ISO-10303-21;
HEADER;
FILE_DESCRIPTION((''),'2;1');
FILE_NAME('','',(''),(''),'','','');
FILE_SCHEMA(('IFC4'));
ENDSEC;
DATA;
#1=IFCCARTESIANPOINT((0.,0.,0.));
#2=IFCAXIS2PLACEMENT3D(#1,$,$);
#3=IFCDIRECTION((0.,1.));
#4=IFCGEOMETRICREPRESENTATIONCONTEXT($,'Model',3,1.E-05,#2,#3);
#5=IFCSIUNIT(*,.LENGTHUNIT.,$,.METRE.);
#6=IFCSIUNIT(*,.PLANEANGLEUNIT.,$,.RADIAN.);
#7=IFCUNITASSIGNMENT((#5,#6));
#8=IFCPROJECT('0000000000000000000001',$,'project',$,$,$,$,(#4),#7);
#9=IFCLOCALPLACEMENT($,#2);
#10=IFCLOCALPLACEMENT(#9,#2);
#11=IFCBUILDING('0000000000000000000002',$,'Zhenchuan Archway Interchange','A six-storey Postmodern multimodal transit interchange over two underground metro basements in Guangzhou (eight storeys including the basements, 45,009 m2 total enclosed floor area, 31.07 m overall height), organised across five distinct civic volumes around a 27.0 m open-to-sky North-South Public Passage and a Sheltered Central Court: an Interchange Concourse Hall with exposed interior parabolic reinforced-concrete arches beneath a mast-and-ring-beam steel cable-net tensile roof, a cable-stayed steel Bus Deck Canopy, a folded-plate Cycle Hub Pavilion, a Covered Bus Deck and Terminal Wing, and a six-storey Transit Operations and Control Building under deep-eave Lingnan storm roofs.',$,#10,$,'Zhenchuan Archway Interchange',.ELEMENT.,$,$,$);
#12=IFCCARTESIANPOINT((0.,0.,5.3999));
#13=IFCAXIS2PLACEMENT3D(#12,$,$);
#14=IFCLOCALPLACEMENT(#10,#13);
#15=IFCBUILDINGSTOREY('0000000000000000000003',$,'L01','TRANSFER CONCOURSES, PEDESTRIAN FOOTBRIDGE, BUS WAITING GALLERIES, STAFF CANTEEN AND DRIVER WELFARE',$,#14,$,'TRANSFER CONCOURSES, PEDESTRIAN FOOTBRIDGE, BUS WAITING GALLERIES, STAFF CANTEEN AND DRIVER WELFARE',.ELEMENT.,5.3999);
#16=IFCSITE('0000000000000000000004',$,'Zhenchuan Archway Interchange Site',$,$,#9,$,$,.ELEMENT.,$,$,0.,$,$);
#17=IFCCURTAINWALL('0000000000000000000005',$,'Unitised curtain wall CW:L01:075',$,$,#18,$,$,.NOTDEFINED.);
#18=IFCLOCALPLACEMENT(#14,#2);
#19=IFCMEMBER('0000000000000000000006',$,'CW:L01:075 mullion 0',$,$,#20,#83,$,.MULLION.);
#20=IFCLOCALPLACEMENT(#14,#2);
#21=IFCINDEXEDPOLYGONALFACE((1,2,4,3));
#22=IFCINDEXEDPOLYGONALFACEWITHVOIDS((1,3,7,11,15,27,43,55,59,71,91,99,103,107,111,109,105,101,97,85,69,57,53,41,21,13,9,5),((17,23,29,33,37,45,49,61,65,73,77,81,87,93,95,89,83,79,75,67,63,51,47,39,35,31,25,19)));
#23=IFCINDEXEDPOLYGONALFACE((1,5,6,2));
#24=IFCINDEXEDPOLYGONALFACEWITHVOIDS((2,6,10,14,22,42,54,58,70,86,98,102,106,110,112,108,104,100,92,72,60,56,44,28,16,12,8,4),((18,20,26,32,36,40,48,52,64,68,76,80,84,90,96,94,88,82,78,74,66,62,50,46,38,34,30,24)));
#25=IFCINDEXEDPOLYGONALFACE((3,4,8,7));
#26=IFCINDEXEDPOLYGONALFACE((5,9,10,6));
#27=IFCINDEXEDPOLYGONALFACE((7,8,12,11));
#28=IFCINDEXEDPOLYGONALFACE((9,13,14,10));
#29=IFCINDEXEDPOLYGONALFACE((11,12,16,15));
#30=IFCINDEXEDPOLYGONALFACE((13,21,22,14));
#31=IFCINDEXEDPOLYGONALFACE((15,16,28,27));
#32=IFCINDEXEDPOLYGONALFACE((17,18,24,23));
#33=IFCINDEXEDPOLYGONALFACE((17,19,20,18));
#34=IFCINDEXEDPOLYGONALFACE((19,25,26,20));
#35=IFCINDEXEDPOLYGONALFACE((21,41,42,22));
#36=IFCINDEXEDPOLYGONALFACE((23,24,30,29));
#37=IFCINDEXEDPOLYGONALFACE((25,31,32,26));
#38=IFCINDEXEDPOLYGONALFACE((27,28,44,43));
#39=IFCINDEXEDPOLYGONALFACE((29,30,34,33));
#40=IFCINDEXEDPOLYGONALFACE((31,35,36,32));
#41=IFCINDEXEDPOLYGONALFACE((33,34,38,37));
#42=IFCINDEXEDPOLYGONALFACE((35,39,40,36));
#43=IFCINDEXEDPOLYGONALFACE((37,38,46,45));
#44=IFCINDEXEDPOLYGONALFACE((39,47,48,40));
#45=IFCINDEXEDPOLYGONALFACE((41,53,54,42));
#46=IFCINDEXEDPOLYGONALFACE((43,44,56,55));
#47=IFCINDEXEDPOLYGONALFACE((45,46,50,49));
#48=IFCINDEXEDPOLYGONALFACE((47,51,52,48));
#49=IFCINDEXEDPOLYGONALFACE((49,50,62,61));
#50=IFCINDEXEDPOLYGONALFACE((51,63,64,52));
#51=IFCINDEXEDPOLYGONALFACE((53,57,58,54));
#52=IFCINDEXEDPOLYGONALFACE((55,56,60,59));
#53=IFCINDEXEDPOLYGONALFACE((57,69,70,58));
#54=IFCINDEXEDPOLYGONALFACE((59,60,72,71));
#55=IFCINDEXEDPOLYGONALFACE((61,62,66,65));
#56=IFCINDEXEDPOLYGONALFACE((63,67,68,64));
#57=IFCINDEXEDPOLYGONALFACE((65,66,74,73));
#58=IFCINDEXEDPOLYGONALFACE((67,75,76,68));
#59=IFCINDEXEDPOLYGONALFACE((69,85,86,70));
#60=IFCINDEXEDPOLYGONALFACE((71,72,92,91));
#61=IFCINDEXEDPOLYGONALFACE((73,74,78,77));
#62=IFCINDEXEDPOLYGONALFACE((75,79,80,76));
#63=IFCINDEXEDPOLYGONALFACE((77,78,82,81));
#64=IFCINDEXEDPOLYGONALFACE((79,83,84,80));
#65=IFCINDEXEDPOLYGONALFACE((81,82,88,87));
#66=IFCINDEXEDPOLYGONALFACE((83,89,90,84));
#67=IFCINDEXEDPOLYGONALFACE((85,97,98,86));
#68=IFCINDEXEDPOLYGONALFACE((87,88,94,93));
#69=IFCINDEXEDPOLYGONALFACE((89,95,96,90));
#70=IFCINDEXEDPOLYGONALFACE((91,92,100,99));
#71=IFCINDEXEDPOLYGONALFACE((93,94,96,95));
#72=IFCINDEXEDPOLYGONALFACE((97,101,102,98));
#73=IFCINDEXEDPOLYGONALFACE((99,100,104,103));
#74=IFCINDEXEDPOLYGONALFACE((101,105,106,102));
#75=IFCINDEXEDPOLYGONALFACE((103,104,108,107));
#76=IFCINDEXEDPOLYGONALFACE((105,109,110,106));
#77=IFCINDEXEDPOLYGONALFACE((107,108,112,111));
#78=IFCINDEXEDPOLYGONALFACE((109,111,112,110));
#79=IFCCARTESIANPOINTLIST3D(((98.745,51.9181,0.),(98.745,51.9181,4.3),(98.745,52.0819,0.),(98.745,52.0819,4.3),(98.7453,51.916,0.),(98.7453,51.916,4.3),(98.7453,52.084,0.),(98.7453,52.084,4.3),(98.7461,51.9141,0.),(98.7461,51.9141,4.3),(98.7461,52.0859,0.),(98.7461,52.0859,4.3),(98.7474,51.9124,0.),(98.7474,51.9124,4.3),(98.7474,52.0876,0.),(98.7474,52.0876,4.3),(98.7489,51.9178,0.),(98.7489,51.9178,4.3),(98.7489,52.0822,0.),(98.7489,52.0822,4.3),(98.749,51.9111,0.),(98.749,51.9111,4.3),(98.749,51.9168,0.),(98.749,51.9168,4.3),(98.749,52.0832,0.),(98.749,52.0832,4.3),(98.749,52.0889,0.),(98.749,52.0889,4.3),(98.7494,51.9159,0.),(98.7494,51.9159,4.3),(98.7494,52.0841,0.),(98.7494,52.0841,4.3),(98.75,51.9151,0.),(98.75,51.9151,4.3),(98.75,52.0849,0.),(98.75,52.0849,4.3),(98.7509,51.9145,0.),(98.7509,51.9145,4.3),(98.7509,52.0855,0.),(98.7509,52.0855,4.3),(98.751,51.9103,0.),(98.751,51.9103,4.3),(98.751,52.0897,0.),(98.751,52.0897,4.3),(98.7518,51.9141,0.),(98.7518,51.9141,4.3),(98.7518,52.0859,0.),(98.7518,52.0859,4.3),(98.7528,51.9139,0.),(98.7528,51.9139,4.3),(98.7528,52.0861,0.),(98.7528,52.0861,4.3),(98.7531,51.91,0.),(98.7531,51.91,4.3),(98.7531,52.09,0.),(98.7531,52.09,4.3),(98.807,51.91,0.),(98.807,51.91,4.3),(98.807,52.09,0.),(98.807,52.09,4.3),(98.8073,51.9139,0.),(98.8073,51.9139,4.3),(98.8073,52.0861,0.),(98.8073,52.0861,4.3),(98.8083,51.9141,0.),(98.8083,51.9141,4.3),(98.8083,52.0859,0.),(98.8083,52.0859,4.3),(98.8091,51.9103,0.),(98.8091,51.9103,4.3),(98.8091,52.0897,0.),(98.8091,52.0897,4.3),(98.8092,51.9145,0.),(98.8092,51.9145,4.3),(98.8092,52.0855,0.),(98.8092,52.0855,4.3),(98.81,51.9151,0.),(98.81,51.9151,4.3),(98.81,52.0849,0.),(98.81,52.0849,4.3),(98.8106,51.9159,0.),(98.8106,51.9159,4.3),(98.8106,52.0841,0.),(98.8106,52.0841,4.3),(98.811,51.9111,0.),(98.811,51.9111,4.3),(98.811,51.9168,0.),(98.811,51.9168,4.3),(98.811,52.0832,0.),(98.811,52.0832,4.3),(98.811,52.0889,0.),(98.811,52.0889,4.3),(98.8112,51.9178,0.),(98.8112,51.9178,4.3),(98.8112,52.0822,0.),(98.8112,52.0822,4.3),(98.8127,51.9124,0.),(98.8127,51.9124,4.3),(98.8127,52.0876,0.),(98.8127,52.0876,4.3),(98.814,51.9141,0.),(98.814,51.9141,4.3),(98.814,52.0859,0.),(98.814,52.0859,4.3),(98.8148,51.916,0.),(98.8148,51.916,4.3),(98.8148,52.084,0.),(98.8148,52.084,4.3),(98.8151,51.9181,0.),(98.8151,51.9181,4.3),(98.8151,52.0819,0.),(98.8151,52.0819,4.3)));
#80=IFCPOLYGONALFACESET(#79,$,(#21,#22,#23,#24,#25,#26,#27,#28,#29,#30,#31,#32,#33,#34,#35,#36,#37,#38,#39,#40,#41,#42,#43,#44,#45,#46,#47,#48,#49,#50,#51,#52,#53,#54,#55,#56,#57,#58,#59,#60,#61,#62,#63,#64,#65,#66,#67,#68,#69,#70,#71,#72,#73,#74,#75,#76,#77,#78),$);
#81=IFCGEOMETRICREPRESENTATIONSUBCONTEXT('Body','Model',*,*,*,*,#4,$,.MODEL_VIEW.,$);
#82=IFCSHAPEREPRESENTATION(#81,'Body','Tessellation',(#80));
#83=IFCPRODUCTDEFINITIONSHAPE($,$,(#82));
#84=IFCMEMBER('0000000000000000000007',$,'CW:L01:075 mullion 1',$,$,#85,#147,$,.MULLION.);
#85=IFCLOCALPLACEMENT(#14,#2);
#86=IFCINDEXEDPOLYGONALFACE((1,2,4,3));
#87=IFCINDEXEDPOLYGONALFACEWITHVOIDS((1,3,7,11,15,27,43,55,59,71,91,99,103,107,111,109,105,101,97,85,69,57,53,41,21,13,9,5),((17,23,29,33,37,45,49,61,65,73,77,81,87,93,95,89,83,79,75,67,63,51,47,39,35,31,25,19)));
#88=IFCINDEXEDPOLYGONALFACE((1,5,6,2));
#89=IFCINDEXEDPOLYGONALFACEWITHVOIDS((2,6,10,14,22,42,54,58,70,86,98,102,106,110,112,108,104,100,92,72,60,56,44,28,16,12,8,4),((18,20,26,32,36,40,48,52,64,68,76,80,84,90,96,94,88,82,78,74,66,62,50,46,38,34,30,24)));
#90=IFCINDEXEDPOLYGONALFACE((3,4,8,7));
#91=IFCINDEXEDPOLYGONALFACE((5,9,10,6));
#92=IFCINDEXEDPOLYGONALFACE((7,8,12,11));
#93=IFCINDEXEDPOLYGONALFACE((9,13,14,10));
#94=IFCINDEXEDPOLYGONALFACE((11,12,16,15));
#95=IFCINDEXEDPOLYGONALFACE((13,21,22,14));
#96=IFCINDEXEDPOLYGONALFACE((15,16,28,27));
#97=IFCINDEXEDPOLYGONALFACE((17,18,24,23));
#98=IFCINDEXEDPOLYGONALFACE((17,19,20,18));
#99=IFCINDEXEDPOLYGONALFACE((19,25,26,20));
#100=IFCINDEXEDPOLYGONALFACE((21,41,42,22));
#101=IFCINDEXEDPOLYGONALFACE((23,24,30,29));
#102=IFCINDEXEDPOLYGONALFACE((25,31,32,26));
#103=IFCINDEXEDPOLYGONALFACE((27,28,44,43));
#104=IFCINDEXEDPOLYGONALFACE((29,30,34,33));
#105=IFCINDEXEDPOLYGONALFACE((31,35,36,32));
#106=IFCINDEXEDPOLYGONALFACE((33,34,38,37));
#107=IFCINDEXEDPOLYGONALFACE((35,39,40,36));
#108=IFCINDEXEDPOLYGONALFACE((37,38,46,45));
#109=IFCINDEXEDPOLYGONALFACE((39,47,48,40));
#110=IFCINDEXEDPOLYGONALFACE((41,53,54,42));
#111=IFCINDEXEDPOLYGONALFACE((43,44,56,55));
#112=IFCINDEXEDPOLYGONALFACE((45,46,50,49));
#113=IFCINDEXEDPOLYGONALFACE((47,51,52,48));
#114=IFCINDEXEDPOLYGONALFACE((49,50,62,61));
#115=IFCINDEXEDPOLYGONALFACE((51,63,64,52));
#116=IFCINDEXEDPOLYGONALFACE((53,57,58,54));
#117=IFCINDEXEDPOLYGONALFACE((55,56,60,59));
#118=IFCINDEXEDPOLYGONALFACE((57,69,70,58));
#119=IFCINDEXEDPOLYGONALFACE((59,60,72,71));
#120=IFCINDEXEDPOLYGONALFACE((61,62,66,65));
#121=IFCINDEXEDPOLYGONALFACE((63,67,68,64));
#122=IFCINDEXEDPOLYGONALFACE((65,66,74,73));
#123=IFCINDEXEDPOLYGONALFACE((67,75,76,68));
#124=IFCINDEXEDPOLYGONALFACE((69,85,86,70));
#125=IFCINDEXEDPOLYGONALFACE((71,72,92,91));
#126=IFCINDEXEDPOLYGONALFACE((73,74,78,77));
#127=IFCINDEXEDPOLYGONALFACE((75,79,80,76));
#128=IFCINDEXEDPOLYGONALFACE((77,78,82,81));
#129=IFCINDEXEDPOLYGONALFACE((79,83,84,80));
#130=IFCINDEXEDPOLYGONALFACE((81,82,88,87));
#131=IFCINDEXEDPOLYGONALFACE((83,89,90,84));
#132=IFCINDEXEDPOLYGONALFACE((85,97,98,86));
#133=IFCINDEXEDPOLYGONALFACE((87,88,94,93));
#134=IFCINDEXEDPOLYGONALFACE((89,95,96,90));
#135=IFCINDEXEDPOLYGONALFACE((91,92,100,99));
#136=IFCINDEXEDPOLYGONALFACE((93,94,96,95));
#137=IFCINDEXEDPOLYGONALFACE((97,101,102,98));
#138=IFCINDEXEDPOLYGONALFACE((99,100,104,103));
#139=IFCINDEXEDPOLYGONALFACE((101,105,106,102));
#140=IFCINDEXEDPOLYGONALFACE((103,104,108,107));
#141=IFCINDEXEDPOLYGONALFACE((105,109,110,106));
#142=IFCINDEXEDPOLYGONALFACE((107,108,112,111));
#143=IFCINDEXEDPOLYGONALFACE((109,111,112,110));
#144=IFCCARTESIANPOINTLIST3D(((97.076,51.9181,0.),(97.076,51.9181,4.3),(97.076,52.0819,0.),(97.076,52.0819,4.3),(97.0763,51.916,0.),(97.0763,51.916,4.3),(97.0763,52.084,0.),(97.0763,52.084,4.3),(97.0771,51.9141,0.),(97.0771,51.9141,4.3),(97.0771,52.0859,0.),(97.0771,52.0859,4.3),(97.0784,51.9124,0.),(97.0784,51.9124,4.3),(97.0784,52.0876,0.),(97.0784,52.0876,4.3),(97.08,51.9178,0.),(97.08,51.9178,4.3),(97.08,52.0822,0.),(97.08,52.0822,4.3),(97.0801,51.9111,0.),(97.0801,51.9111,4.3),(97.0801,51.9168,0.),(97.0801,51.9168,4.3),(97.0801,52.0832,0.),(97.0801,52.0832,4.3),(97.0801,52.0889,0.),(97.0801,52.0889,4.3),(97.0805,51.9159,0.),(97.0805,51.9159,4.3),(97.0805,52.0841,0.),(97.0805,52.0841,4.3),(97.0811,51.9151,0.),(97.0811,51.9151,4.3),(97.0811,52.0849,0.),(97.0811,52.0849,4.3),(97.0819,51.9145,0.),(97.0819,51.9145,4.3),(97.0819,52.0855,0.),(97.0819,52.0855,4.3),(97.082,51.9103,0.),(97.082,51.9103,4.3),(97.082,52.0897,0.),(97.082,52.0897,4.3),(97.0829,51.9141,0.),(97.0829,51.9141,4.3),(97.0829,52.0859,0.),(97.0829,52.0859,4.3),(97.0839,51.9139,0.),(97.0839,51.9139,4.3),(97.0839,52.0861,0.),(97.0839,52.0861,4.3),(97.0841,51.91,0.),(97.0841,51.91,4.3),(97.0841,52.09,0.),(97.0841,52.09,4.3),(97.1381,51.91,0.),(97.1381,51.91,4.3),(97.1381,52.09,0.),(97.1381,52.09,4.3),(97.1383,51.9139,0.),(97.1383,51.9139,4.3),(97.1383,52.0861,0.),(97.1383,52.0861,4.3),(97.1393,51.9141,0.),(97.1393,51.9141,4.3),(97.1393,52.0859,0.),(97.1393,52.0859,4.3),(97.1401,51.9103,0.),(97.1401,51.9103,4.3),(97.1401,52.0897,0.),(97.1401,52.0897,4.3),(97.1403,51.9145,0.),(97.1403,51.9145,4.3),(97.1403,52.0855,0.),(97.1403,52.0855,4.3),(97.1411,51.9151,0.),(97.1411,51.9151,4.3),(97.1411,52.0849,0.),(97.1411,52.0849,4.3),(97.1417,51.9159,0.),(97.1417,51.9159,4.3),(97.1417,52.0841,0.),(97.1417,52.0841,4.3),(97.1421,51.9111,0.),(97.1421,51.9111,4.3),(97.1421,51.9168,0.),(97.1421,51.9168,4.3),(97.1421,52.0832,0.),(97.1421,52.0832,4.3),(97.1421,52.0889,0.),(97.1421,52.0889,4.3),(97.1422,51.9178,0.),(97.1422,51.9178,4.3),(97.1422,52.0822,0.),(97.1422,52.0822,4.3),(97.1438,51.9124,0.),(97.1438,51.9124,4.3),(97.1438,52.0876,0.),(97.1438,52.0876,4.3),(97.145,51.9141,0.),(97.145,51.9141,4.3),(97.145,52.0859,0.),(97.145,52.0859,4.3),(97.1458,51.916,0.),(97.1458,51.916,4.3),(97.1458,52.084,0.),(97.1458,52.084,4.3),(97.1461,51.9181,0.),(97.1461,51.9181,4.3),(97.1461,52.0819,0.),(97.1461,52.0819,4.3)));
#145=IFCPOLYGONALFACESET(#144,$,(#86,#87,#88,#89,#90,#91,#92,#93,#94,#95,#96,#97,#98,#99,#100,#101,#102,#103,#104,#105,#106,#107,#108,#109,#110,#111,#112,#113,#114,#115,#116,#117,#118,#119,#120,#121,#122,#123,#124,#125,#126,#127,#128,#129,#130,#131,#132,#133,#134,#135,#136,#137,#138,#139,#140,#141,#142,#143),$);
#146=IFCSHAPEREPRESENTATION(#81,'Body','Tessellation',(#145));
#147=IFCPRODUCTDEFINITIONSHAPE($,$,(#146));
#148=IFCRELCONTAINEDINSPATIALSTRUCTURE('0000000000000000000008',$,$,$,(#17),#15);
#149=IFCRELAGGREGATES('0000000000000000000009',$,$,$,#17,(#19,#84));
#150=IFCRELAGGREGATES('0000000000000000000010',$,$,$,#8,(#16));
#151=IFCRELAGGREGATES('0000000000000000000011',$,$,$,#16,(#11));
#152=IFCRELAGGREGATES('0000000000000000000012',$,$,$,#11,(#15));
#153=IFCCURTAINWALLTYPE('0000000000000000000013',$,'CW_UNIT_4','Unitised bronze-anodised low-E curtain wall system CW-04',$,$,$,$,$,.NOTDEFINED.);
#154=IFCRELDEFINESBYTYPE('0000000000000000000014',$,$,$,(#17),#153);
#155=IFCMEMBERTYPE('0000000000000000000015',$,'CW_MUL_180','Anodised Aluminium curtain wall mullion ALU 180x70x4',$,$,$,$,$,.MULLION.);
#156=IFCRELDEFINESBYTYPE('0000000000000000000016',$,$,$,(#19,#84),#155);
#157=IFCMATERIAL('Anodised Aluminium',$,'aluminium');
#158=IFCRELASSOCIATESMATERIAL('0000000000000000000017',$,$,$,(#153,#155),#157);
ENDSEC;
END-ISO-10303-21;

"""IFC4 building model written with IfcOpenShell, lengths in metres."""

from ifc_helpers import new_model, si_unit, direction, frame, origin, origin_2d, place, context, subcontext, project, spatial, hollow_rectangle, extrude, material, material_profile, profile_set, type_object, element, aggregate, save


model = new_model("IFC4")

# Units and contexts
model_context = context("Model", 3, precision=1e-05, world=origin(), true_north=direction((0.0, 1.0)))
body_context = subcontext(model_context, "Body", "Model", "MODEL_VIEW")
ifc_project = project(units=[si_unit("LENGTHUNIT", "METRE"), si_unit("PLANEANGLEUNIT", "RADIAN")], contexts=[model_context])

# Site, building, storey
site_placement = place(None, origin())
site = spatial("IfcSite", under=ifc_project, at=site_placement, Name="Zhenchuan Archway Interchange Site", CompositionType="ELEMENT", RefElevation=0.0)
building_placement = place(site_placement, origin())
building = spatial("IfcBuilding", under=site, at=building_placement, Name="Zhenchuan Archway Interchange", Description="A six-storey Postmodern multimodal transit interchange over two underground metro basements in Guangzhou (eight storeys including the basements, 45,009 m2 total enclosed floor area, 31.07 m overall height), organised across five distinct civic volumes around a 27.0 m open-to-sky North-South Public Passage and a Sheltered Central Court: an Interchange Concourse Hall with exposed interior parabolic reinforced-concrete arches beneath a mast-and-ring-beam steel cable-net tensile roof, a cable-stayed steel Bus Deck Canopy, a folded-plate Cycle Hub Pavilion, a Covered Bus Deck and Terminal Wing, and a six-storey Transit Operations and Control Building under deep-eave Lingnan storm roofs.", LongName="Zhenchuan Archway Interchange", CompositionType="ELEMENT")
storey_placement = place(building_placement, frame((0.0, 0.0, 5.3999)))
storey = spatial("IfcBuildingStorey", under=building, at=storey_placement, Name="L01", Description="TRANSFER CONCOURSES, PEDESTRIAN FOOTBRIDGE, BUS WAITING GALLERIES, STAFF CANTEEN AND DRIVER WELFARE", LongName="TRANSFER CONCOURSES, PEDESTRIAN FOOTBRIDGE, BUS WAITING GALLERIES, STAFF CANTEEN AND DRIVER WELFARE", CompositionType="ELEMENT", Elevation=5.3999)

# Curtain wall, members
ifc_material_1 = material(Name="Anodised Aluminium", Category="aluminium")
curtain_wall_type = type_object("IfcCurtainWallType", Name="CW_UNIT_4", Description="Unitised bronze-anodised low-E curtain wall system CW-04", PredefinedType="NOTDEFINED", material=ifc_material_1)
curtain_wall_placement = place(storey_placement, origin())
curtain_wall = element("IfcCurtainWall", 1, at=curtain_wall_placement, inside=storey, type_object=curtain_wall_type, Name="Unitised curtain wall CW:L01:075", PredefinedType="NOTDEFINED")
ifc_material_profile_1 = material_profile(ifc_material_1, hollow_rectangle(XDim=0.0701, YDim=0.1799, WallThickness=0.0039, InnerFilletRadius=0.0039, OuterFilletRadius=0.0081, at=origin_2d()), Name="ALU 180x70x4")
ifc_profile_set_1 = profile_set([ifc_material_profile_1], Name="Anodised Aluminium")
member_type_1 = type_object("IfcMemberType", Name="CW_MUL_180", Description="Anodised Aluminium curtain wall mullion ALU 180x70x4", PredefinedType="MULLION", material=ifc_profile_set_1)
member_1_placement = place(storey_placement, frame((98.78, 52.0, 0.0), z_axis=(0.0, 0.0, 1.0), x_axis=(1.0, 0.0, 0.0)))
member_1 = element("IfcMember", 2, at=member_1_placement, type_object=member_type_1, Name="CW:L01:075 mullion 0", PredefinedType="MULLION", context=body_context, shape_type="SweptSolid", body=[
    extrude(hollow_rectangle(XDim=0.0701, YDim=0.1799, WallThickness=0.0039, InnerFilletRadius=0.0039, OuterFilletRadius=0.0081, at=origin_2d()), origin(), (0.0, 0.0, 1.0), 4.3),
])
member_2_placement = place(storey_placement, frame((97.1111, 52.0, 0.0), z_axis=(0.0, 0.0, 1.0), x_axis=(1.0, 0.0, 0.0)))
member_2 = element("IfcMember", 3, at=member_2_placement, type_object=member_type_1, Name="CW:L01:075 mullion 1", PredefinedType="MULLION", context=body_context, shape_type="SweptSolid", body=[
    extrude(hollow_rectangle(XDim=0.0701, YDim=0.1799, WallThickness=0.0039, InnerFilletRadius=0.0039, OuterFilletRadius=0.0081, at=origin_2d()), origin(), (0.0, 0.0, 1.0), 4.3),
])

aggregate(curtain_wall, [member_1, member_2])

save(model, "model.ifc")
